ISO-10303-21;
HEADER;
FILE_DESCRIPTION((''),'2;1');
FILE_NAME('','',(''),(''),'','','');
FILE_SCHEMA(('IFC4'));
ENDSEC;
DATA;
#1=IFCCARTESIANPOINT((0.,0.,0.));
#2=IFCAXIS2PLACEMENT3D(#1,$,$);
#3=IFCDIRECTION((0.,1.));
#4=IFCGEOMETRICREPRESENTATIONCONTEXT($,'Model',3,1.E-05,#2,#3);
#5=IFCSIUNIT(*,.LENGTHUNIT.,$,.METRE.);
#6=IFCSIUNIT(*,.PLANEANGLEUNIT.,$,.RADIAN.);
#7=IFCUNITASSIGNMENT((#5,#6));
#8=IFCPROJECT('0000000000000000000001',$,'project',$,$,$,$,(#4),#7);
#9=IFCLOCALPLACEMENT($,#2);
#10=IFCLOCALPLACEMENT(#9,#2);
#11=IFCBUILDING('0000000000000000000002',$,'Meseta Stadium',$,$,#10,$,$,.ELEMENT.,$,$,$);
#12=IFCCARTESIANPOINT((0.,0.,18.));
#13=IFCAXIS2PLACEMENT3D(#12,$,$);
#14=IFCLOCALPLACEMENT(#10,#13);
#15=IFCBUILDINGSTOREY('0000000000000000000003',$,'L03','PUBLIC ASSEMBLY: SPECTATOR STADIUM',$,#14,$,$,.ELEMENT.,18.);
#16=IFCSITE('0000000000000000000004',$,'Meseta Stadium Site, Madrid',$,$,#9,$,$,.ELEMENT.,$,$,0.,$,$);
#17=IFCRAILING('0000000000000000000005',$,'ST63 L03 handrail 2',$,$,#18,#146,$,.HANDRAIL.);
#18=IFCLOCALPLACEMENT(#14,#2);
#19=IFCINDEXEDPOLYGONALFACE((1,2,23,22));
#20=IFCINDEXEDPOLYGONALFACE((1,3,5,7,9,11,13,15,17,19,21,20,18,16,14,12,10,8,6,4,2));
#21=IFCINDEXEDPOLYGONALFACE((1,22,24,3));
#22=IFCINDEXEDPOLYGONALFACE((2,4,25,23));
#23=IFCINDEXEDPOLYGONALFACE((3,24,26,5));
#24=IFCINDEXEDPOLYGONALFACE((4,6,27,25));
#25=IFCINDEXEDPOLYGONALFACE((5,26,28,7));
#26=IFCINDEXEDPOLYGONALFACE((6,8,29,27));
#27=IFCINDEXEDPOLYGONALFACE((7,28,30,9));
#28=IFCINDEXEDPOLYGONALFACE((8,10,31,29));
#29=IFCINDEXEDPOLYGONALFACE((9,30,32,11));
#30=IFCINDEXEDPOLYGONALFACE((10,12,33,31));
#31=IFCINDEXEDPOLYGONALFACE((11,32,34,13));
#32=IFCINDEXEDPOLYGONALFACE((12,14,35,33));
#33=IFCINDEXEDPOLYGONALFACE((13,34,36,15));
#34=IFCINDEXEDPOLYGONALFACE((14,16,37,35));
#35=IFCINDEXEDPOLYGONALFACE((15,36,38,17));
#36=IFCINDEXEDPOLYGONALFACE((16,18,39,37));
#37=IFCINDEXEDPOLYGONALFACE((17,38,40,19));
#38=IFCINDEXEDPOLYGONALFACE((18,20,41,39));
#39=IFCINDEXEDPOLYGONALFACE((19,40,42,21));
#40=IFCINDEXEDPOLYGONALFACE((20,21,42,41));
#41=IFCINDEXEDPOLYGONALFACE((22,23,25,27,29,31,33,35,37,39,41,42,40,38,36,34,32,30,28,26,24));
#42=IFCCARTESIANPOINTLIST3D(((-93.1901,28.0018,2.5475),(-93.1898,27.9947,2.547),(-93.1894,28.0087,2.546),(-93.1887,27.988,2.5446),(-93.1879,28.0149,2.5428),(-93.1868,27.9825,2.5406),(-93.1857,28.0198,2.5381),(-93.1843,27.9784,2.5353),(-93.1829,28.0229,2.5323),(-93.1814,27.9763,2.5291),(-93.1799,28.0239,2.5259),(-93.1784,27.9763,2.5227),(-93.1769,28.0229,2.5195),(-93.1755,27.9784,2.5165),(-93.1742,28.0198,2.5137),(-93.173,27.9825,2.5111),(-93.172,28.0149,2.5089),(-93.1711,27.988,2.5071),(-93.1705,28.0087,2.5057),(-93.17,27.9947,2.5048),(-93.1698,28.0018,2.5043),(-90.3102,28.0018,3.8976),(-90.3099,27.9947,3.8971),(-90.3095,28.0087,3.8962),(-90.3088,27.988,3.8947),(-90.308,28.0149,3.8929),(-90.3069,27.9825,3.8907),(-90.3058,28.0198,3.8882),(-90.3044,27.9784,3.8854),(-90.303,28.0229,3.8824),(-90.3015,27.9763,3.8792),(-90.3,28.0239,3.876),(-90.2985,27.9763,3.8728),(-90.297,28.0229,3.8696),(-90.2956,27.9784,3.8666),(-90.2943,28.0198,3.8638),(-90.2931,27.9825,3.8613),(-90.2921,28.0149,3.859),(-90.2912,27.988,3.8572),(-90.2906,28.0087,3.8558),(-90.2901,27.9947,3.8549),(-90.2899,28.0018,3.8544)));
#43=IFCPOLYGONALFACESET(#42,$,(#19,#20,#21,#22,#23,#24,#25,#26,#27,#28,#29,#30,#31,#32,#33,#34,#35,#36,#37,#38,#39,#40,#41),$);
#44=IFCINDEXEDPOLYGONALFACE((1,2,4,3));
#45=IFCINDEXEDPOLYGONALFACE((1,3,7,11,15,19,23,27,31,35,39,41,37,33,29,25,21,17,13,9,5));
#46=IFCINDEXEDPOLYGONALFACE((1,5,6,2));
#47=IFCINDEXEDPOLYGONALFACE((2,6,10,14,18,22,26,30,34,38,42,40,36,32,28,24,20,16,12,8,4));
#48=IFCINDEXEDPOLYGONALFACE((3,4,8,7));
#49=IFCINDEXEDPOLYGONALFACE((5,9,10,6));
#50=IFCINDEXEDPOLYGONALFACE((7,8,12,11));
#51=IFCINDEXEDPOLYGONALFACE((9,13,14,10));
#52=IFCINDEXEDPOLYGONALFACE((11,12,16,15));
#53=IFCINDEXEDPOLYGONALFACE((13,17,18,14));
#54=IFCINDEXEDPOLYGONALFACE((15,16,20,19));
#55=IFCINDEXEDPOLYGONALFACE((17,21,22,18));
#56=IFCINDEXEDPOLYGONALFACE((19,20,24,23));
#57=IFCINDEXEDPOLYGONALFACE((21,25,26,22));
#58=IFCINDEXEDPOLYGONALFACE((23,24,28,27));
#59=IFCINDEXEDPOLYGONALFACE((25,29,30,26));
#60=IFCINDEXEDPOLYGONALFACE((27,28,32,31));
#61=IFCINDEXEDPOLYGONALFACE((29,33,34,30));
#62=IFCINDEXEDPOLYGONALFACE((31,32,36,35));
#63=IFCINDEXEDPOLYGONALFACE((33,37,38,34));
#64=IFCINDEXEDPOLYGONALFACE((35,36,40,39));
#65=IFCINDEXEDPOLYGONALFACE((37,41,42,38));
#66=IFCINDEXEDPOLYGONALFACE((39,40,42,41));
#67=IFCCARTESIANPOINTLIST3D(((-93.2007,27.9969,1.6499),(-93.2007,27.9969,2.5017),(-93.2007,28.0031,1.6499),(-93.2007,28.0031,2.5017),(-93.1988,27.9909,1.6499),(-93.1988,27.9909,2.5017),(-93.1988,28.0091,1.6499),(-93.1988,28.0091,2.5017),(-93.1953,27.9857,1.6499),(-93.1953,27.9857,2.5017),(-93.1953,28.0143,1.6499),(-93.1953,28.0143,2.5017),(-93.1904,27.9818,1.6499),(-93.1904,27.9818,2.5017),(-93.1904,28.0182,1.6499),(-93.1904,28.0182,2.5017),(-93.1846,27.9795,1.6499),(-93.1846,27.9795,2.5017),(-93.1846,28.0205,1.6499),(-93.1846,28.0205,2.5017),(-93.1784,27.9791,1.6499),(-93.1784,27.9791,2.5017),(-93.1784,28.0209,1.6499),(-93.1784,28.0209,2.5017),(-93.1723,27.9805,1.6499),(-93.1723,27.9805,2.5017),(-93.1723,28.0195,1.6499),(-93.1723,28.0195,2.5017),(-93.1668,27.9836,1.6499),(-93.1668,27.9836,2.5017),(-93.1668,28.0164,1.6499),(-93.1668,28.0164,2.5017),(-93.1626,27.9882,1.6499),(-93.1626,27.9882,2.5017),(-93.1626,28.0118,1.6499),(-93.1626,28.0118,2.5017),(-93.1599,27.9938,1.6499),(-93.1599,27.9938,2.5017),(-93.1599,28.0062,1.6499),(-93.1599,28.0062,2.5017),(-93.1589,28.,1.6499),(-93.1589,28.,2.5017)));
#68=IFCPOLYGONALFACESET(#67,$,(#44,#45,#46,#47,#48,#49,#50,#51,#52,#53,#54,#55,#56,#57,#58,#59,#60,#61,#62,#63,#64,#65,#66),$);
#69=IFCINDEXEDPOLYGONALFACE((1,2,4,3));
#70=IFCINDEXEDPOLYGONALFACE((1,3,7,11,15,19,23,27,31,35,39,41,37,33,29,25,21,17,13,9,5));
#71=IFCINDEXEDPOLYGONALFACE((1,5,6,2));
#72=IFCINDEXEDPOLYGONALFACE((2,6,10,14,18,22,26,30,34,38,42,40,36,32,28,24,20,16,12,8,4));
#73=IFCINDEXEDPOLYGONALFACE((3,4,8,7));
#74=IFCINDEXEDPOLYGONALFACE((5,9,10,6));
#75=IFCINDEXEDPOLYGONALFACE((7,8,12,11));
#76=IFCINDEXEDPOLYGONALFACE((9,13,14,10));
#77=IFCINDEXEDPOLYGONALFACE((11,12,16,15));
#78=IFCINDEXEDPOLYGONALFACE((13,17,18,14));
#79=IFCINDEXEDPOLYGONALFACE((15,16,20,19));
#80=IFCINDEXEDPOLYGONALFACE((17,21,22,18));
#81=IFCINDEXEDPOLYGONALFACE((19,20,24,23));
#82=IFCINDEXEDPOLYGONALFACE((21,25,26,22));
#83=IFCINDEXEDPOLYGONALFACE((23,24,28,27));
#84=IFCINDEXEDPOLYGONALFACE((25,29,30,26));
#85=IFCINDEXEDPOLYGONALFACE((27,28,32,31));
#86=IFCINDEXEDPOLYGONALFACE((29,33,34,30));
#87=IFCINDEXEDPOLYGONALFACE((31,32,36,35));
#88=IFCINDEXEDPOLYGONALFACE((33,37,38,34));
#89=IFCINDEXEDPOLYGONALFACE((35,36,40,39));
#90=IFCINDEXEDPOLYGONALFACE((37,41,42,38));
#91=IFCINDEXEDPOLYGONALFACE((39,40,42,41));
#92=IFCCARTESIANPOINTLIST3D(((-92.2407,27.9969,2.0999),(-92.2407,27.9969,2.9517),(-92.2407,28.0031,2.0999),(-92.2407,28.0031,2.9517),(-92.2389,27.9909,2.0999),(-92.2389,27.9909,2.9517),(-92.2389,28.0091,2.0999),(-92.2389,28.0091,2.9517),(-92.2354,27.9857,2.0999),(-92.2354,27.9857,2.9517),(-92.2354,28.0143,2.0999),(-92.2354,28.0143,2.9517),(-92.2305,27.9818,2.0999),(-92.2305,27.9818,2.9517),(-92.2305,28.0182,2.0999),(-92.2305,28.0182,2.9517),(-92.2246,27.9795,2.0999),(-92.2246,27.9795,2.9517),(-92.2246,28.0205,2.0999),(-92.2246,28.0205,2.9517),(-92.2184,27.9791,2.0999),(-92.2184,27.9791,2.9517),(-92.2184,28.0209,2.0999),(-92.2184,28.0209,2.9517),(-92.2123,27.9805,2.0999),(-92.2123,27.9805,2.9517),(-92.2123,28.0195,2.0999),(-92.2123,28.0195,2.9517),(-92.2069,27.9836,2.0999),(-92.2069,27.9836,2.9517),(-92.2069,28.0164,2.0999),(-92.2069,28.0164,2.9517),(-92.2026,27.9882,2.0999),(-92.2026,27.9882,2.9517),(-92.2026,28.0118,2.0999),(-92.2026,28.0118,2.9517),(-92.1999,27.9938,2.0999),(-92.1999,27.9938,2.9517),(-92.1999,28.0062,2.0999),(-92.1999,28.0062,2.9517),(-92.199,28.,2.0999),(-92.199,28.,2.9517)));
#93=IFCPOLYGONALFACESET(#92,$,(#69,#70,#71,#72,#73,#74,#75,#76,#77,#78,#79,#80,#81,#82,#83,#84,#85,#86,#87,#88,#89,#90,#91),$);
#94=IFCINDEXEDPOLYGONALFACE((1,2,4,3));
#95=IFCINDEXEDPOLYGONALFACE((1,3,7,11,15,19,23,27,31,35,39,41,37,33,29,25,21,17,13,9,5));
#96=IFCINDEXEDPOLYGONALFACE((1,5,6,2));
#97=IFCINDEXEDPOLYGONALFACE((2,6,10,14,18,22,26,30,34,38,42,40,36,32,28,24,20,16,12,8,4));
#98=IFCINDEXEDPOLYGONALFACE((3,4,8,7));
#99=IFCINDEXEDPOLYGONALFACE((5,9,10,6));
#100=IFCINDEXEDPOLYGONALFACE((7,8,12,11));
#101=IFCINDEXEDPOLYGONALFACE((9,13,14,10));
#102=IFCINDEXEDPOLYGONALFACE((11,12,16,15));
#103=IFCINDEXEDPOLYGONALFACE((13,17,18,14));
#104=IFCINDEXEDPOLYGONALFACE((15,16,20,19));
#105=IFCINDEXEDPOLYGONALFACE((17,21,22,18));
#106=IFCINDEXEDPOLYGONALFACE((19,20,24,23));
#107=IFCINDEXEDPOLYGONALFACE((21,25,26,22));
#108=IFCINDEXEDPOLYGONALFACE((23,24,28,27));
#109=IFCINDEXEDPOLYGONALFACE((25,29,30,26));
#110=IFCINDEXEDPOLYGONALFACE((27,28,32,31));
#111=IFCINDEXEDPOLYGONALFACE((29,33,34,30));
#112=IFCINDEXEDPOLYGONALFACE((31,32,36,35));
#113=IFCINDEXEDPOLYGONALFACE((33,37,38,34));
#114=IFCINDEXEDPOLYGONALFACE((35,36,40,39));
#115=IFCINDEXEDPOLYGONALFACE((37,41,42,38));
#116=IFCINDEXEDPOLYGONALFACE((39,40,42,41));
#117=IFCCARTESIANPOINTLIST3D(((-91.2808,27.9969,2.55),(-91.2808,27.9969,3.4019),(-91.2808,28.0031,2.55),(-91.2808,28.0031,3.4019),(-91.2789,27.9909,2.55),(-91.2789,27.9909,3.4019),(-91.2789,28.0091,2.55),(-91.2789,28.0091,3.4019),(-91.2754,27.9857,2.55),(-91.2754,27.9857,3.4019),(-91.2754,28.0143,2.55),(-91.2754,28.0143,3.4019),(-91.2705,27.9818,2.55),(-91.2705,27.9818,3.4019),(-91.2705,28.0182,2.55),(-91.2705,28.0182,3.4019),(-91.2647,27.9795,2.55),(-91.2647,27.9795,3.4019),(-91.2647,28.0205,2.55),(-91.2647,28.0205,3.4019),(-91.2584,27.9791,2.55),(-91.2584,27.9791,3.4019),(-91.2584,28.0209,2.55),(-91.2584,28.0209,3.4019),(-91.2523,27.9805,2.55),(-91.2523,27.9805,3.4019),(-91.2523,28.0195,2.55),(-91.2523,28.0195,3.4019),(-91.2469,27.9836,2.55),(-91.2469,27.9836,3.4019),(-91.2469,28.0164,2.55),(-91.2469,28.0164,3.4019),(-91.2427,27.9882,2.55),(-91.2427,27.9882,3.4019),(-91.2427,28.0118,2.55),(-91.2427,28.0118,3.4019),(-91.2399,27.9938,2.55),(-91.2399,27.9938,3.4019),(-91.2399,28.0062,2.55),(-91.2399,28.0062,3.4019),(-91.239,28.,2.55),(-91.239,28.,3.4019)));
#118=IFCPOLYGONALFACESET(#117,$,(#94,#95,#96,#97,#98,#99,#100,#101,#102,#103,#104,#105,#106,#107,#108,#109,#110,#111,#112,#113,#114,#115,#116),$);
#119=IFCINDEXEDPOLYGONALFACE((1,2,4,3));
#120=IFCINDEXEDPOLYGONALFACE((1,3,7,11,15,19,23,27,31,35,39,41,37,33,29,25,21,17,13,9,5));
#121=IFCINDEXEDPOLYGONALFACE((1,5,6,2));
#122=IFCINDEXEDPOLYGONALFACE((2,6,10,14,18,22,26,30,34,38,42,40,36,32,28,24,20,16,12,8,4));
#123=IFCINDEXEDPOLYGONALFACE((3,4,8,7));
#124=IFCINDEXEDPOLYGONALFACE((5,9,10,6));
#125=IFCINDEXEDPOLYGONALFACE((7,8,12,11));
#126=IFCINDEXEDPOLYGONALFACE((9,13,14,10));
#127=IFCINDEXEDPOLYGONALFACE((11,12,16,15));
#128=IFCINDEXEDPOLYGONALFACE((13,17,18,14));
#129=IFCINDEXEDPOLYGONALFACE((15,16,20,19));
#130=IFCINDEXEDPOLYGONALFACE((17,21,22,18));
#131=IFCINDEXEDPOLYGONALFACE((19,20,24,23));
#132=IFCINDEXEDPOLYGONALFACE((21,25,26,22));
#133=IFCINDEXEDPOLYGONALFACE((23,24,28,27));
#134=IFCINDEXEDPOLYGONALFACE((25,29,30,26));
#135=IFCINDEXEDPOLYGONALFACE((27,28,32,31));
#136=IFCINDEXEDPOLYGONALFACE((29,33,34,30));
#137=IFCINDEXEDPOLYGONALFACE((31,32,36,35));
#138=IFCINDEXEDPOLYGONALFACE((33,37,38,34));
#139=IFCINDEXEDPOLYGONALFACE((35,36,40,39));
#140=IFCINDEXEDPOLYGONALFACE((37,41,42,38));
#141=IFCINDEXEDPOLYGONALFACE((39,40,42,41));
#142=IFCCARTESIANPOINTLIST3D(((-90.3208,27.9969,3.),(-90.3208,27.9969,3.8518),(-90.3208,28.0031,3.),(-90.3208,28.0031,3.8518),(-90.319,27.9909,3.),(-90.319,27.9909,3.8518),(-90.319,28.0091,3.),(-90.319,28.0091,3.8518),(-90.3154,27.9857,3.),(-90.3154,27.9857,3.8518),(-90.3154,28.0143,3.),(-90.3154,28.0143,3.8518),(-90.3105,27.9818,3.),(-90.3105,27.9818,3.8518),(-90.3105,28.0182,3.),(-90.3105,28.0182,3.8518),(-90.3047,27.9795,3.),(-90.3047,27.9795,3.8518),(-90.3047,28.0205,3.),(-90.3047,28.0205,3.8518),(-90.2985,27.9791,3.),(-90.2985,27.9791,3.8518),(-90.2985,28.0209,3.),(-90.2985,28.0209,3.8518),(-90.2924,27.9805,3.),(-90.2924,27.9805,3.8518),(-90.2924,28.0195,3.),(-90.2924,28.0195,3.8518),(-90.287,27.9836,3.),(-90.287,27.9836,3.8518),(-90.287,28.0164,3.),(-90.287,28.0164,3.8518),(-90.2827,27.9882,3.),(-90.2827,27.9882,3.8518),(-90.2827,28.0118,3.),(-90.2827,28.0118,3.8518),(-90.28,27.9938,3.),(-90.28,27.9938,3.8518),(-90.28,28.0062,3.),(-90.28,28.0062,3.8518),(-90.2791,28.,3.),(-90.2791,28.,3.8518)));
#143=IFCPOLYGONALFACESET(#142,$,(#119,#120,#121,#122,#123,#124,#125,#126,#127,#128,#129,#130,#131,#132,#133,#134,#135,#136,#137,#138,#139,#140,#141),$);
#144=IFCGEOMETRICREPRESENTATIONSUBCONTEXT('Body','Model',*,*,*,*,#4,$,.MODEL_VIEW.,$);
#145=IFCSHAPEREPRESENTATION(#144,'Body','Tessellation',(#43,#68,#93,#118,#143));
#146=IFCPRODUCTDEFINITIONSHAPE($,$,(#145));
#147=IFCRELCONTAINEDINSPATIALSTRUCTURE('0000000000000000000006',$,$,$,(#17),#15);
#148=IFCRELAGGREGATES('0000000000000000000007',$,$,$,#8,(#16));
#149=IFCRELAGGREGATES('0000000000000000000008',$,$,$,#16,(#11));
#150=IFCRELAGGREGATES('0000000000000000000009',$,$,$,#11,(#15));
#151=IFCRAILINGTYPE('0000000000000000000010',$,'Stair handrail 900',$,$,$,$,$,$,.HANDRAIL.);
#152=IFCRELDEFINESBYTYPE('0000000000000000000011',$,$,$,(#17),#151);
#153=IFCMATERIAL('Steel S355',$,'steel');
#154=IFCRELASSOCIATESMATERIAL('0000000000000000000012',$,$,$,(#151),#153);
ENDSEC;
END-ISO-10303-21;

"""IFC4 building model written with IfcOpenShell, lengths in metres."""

from ifc_helpers import new_model, si_unit, direction, frame, origin, origin_2d, place, context, subcontext, project, spatial, circle, extrude, material, type_object, element, save


model = new_model("IFC4")

# Units and contexts
model_context = context("Model", 3, precision=1e-05, world=origin(), true_north=direction((0.0, 1.0)))
body_context = subcontext(model_context, "Body", "Model", "MODEL_VIEW")
ifc_project = project(units=[si_unit("LENGTHUNIT", "METRE"), si_unit("PLANEANGLEUNIT", "RADIAN")], contexts=[model_context])

# Site, building, storey
site_placement = place(None, origin())
site = spatial("IfcSite", under=ifc_project, at=site_placement, Name="Meseta Stadium Site, Madrid", CompositionType="ELEMENT", RefElevation=0.0)
building_placement = place(site_placement, origin())
building = spatial("IfcBuilding", under=site, at=building_placement, Name="Meseta Stadium", CompositionType="ELEMENT")
storey_placement = place(building_placement, frame((0.0, 0.0, 18.0)))
storey = spatial("IfcBuildingStorey", under=building, at=storey_placement, Name="L03", Description="PUBLIC ASSEMBLY: SPECTATOR STADIUM", CompositionType="ELEMENT", Elevation=18.0)

# Railing
ifc_material_1 = material(Name="Steel S355", Category="steel")
railing_type_1 = type_object("IfcRailingType", Name="Stair handrail 900", PredefinedType="HANDRAIL", material=ifc_material_1)
for number, where, name in (
    (1, (-93.1799, 28.0, 1.6499), "ST63 L03 handrail 2"),
):
    element("IfcRailing", number, at=place(storey_placement, frame(where)), inside=storey, type_object=railing_type_1, Name=name, PredefinedType="HANDRAIL", context=body_context, shape_type="SweptSolid", body=[
        extrude(circle(Radius=0.0239, at=origin_2d()), frame((0.0, 0.0, 0.876), z_axis=(0.90544, 0.0, 0.424473), x_axis=(0.0, 1.0, 0.0)), (0.0, 0.0, 1.0), 3.1807),
        extrude(circle(Radius=0.021, at=origin_2d()), origin(), (0.0, 0.0, 1.0), 0.8518),
        extrude(circle(Radius=0.021, at=origin_2d()), frame((0.96, 0.0, 0.45)), (0.0, 0.0, 1.0), 0.8518),
        extrude(circle(Radius=0.021, at=origin_2d()), frame((1.9199, 0.0, 0.9001)), (0.0, 0.0, 1.0), 0.8518),
        extrude(circle(Radius=0.021, at=origin_2d()), frame((2.8799, 0.0, 1.3501)), (0.0, 0.0, 1.0), 0.8518),
    ])

save(model, "model.ifc")
